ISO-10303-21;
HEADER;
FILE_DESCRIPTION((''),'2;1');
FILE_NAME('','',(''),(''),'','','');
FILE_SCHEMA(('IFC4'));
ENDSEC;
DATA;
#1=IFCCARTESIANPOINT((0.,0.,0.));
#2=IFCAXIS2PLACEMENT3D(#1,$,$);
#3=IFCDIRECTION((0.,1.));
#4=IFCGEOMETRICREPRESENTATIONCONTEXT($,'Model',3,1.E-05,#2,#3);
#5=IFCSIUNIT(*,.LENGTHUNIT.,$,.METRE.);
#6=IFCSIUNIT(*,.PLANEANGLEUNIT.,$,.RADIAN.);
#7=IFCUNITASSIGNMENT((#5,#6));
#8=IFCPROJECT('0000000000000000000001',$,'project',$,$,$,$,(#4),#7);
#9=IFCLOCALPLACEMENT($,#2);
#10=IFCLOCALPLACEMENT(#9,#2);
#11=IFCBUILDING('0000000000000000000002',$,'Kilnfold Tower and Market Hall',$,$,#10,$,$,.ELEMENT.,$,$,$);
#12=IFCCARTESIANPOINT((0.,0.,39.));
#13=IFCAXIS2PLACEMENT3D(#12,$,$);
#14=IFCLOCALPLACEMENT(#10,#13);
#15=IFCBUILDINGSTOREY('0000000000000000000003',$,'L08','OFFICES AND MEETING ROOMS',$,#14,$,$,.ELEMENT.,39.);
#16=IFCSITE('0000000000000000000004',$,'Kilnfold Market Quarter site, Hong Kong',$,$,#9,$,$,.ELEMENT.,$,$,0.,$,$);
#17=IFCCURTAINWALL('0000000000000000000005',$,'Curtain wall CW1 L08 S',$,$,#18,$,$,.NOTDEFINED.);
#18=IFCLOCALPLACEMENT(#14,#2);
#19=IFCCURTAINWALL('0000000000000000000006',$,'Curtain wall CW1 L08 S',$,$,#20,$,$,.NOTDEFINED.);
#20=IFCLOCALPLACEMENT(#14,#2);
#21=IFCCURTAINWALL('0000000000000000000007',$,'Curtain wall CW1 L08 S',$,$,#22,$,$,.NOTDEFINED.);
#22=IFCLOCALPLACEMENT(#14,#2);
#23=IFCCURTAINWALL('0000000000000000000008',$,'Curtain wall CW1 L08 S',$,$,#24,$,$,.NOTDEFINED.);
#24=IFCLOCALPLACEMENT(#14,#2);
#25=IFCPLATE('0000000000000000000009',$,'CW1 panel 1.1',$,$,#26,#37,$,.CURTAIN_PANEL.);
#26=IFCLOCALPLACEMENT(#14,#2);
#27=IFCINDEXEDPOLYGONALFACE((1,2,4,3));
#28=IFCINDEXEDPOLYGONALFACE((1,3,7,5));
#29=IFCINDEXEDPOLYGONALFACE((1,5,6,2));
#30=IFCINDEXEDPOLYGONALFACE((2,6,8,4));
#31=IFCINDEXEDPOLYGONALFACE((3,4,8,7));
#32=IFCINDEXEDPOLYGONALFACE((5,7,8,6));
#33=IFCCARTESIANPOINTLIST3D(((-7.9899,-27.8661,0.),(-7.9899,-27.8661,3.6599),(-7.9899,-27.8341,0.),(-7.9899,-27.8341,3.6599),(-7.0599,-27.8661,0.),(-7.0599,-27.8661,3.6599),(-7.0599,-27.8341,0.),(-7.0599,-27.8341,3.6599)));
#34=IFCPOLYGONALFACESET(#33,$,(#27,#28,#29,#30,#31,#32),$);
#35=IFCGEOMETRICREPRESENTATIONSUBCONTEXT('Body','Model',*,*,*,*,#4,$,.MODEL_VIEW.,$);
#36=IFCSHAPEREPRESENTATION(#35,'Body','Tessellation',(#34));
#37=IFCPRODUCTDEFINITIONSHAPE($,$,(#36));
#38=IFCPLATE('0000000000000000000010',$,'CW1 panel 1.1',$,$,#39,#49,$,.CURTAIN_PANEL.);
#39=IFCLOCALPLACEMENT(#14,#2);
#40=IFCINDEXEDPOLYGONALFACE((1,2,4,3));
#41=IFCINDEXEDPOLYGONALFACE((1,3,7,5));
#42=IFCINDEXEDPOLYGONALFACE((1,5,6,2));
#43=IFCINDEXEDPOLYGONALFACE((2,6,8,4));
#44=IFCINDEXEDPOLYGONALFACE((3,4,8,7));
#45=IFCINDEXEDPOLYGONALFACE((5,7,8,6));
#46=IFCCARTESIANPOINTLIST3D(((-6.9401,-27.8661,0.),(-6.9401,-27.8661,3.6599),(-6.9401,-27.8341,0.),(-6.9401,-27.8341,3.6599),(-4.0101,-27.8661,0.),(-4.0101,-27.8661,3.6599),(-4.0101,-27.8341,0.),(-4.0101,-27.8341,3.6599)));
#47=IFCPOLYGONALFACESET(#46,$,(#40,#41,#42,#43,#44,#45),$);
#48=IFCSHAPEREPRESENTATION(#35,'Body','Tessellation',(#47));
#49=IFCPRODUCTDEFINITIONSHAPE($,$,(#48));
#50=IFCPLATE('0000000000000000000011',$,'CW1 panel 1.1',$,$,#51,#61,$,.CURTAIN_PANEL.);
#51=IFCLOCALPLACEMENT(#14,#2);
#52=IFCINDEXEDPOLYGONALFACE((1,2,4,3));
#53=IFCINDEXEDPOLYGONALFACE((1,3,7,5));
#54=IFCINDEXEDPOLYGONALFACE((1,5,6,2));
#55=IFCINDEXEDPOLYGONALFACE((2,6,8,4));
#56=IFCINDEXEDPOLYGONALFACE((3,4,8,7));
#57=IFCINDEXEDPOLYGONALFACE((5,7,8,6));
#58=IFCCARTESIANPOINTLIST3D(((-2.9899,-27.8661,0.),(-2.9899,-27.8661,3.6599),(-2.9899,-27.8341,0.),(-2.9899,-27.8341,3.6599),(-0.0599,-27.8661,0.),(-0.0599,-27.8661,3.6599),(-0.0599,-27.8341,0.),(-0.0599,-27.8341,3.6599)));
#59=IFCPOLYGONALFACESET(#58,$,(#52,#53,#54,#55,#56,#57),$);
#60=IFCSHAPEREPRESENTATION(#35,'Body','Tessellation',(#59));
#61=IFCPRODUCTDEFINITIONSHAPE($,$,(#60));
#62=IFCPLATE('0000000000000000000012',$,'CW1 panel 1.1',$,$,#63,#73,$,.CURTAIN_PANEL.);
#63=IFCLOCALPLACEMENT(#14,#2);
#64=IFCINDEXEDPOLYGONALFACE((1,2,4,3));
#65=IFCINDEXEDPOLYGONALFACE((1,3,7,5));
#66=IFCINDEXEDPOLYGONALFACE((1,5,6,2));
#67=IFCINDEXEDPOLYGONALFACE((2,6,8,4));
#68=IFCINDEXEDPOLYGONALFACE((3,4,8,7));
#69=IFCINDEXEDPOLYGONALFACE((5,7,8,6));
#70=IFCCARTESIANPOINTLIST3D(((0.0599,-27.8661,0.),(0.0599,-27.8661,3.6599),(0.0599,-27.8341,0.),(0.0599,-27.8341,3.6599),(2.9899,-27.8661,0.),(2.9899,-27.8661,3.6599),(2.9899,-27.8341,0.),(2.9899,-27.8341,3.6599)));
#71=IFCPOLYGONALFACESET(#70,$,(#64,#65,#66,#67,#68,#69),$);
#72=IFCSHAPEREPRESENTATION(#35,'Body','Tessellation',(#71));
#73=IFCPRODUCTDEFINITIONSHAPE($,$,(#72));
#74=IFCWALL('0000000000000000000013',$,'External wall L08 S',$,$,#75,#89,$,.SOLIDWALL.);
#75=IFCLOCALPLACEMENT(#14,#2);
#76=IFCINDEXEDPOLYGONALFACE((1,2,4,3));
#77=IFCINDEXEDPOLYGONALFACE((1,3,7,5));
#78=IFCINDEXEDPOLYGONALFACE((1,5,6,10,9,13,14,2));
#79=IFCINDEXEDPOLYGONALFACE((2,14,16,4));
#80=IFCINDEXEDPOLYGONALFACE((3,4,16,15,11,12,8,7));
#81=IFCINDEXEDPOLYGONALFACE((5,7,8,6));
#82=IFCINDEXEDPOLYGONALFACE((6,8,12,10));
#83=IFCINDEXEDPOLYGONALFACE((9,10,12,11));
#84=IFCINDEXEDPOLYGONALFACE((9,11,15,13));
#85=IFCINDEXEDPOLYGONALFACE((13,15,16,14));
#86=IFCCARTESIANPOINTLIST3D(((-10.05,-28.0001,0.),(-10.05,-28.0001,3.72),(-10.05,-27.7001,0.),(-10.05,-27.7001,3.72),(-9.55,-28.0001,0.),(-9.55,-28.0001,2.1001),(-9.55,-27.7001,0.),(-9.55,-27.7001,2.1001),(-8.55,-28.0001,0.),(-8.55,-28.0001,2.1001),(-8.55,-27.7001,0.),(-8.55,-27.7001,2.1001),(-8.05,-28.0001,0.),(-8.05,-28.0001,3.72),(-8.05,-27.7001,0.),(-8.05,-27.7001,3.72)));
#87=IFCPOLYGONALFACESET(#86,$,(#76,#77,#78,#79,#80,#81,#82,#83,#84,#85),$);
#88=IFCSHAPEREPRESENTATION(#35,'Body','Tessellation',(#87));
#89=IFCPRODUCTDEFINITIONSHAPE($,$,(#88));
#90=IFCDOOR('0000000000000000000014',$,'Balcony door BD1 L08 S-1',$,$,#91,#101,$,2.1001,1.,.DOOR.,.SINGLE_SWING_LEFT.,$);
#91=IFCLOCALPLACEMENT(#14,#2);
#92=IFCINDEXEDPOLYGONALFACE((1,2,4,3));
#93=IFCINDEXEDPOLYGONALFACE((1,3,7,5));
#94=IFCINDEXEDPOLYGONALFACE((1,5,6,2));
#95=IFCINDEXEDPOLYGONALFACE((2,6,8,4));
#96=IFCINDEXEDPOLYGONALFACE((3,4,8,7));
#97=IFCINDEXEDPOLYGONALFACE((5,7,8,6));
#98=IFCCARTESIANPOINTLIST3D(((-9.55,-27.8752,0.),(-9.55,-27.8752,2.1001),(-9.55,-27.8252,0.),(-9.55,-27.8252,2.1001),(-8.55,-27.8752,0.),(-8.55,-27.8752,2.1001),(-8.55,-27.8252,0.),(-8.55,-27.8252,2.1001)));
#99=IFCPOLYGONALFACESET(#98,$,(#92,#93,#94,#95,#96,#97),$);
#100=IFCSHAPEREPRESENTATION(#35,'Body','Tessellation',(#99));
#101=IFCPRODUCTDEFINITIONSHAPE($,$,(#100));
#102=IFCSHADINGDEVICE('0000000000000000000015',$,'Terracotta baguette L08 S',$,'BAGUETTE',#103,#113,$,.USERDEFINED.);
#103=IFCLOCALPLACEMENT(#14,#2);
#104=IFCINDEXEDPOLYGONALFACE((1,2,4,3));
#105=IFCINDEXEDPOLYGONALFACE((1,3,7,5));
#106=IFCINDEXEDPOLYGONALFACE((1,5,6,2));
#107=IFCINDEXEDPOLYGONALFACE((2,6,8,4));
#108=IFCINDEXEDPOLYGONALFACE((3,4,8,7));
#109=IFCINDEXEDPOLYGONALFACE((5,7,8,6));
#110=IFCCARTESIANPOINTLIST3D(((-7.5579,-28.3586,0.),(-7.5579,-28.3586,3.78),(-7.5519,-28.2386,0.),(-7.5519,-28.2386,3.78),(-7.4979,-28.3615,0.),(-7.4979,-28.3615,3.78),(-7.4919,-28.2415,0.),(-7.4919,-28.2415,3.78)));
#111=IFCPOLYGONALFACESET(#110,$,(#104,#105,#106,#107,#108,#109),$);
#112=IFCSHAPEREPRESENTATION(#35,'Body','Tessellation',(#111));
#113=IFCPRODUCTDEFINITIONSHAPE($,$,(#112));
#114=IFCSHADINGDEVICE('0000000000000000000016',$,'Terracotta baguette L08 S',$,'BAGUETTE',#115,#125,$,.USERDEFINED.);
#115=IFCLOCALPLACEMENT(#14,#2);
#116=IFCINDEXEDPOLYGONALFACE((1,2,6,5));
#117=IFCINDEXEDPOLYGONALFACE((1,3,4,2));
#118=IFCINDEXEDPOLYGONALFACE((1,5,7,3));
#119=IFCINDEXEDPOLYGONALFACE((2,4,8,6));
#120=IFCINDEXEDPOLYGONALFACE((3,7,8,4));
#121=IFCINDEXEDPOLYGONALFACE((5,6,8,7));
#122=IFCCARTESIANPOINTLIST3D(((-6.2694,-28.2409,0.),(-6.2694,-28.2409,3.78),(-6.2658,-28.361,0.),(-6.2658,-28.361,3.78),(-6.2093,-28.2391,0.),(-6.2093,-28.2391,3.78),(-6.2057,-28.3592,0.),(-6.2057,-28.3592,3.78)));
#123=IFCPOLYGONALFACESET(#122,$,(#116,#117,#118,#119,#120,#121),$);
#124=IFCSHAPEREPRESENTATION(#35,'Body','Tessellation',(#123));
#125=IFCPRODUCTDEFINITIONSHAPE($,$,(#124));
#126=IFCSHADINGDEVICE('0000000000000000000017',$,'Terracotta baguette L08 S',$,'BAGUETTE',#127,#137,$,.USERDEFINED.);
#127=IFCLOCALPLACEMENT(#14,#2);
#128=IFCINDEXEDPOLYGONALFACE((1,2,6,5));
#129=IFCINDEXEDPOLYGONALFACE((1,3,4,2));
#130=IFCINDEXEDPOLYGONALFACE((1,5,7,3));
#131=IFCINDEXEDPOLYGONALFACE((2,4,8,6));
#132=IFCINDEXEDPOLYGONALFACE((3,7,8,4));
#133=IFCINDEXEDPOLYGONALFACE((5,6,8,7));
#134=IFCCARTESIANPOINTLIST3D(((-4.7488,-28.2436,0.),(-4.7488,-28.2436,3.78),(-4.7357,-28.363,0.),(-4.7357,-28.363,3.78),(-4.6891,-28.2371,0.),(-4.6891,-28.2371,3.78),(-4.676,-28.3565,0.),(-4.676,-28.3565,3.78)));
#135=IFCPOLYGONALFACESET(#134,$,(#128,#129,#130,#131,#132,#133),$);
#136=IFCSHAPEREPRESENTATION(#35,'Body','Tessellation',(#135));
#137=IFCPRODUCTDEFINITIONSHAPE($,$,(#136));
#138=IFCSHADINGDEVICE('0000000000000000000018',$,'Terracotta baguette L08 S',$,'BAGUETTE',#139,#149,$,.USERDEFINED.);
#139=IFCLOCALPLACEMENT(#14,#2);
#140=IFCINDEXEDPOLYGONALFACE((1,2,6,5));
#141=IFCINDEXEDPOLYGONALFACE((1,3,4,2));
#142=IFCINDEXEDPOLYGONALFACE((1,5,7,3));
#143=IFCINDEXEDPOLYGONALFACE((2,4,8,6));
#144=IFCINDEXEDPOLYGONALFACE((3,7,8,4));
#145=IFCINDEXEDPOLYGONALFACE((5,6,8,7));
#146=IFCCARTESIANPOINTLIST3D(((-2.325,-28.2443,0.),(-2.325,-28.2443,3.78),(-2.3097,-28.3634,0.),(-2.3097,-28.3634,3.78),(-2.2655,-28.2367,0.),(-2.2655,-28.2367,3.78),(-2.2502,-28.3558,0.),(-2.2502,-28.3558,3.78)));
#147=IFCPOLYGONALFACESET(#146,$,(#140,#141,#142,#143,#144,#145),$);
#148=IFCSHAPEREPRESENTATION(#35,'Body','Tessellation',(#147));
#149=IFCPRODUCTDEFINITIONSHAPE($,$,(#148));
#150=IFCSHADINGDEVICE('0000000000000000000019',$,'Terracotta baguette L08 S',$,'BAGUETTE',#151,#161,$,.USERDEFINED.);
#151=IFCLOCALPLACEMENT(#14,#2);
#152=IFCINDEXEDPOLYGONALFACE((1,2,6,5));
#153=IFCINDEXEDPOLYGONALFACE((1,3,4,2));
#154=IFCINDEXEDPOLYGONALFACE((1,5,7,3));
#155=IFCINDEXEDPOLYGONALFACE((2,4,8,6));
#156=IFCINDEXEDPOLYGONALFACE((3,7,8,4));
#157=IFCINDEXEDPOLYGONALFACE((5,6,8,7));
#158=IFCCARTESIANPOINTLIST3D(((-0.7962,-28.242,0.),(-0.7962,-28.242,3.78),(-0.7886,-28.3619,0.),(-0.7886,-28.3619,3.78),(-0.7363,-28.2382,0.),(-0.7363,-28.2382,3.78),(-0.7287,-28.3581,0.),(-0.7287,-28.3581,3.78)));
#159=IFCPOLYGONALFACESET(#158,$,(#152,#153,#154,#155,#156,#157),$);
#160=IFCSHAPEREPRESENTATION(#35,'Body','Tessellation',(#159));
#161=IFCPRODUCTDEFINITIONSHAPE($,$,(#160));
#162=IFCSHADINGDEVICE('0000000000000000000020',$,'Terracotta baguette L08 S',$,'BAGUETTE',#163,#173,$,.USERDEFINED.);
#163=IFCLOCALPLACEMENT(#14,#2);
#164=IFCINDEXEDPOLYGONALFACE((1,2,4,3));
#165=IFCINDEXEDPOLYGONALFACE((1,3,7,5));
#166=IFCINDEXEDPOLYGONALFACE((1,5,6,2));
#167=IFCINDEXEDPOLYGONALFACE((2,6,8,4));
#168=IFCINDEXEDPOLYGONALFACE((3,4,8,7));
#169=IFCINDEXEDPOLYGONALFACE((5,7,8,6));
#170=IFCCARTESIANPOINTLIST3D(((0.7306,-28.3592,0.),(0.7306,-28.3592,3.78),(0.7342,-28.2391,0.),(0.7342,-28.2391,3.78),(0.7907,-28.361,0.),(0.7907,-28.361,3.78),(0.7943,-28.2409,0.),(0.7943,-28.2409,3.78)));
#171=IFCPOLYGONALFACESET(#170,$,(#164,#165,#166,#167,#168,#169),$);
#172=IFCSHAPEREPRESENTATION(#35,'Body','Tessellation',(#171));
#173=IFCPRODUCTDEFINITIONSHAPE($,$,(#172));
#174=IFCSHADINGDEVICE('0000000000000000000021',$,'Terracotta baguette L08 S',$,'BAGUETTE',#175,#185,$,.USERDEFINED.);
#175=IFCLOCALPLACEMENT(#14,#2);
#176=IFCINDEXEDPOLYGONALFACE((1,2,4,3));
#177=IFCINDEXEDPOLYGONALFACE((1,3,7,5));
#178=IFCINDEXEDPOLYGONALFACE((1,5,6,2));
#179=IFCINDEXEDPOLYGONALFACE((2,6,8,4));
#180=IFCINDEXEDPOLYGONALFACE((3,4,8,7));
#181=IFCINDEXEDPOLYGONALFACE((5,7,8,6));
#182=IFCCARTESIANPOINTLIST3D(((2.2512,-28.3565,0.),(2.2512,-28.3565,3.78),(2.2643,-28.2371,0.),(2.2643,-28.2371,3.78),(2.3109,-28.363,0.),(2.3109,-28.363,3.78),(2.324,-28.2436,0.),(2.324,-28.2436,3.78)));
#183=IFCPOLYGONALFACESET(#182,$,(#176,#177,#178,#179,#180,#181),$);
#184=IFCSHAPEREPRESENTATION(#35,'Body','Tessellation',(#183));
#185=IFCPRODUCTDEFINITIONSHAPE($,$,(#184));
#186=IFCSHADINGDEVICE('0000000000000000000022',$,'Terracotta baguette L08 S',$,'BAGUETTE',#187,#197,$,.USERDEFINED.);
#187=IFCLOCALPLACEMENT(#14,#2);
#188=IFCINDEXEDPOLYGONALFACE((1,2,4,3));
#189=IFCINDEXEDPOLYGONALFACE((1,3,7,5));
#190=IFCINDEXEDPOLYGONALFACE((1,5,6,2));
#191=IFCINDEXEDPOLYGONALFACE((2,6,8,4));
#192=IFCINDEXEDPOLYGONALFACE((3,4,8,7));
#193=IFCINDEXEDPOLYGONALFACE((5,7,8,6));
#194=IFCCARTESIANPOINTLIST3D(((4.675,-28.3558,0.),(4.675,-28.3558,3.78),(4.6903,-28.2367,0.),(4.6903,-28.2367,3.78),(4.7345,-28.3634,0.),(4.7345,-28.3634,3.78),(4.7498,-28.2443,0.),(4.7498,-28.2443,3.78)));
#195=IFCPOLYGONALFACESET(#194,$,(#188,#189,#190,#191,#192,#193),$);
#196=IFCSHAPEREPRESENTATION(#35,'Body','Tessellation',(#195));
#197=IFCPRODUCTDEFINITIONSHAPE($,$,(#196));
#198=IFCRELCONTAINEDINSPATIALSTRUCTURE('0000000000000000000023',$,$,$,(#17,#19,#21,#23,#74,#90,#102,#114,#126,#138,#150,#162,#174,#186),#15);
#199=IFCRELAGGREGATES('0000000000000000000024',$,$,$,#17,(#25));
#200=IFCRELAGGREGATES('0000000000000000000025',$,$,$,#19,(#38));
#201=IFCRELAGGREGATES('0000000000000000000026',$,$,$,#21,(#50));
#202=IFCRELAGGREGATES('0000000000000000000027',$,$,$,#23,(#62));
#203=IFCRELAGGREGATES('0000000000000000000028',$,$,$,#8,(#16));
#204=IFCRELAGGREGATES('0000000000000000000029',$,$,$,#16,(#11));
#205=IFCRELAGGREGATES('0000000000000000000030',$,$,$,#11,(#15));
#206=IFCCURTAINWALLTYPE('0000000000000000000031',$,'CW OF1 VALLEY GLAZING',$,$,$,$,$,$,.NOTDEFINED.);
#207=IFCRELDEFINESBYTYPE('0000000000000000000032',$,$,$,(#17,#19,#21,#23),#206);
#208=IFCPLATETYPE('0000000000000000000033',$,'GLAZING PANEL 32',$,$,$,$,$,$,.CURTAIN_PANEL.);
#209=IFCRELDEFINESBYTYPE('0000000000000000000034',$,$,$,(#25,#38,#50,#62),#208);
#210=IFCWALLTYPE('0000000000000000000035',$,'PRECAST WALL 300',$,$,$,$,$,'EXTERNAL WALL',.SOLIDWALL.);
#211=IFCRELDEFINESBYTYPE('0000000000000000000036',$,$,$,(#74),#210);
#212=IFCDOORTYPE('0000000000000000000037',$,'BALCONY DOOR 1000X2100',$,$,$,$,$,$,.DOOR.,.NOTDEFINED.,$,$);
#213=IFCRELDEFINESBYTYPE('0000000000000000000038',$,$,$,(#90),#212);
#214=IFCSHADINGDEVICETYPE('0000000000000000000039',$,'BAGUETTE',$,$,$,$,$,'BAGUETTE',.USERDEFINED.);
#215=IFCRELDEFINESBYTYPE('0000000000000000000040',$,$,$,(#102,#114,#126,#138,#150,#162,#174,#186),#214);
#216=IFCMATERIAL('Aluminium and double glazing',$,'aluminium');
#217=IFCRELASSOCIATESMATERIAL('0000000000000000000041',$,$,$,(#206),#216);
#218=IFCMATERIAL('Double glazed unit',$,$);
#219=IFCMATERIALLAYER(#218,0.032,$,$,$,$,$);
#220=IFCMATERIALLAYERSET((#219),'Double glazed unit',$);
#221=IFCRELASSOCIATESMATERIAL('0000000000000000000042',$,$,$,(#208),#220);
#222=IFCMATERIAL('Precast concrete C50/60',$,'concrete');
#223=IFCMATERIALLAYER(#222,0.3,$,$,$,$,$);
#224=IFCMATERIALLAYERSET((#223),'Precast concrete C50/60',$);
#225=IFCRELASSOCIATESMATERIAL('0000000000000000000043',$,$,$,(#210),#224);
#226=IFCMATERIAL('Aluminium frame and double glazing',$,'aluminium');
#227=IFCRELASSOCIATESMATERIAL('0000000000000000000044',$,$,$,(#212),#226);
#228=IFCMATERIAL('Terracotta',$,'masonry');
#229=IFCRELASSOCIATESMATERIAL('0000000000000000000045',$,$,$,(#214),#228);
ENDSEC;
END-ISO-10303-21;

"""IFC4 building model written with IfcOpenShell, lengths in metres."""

from ifc_helpers import new_model, si_unit, direction, frame, frame_2d, origin, origin_2d, place, context, subcontext, project, spatial, rectangle, extrude, source, transform, mapped, material, layer, layer_set, material_profile, profile_set, type_object, element, fill, aggregate, save


model = new_model("IFC4")

# Units and contexts
model_context = context("Model", 3, precision=1e-05, world=origin(), true_north=direction((0.0, 1.0)))
body_context = subcontext(model_context, "Body", "Model", "MODEL_VIEW")
ifc_project = project(units=[si_unit("LENGTHUNIT", "METRE"), si_unit("PLANEANGLEUNIT", "RADIAN")], contexts=[model_context])

# Site, building, storey
site_placement = place(None, origin())
site = spatial("IfcSite", under=ifc_project, at=site_placement, Name="Kilnfold Market Quarter site, Hong Kong", CompositionType="ELEMENT", RefElevation=0.0)
building_placement = place(site_placement, origin())
building = spatial("IfcBuilding", under=site, at=building_placement, Name="Kilnfold Tower and Market Hall", CompositionType="ELEMENT")
storey_placement = place(building_placement, frame((0.0, 0.0, 39.0)))
storey = spatial("IfcBuildingStorey", under=building, at=storey_placement, Name="L08", Description="OFFICES AND MEETING ROOMS", CompositionType="ELEMENT", Elevation=39.0)

# Shared definitions
ifc_material_1 = material(Name="Aluminium and double glazing", Category="aluminium")
curtain_wall_type = type_object("IfcCurtainWallType", Name="CW OF1 VALLEY GLAZING", PredefinedType="NOTDEFINED", material=ifc_material_1)

# Curtain walls
curtain_wall_1_placement = place(storey_placement, origin())
curtain_wall_1 = element("IfcCurtainWall", 1, at=curtain_wall_1_placement, inside=storey, type_object=curtain_wall_type, Name="Curtain wall CW1 L08 S", PredefinedType="NOTDEFINED")
curtain_wall_2_placement = place(storey_placement, origin())
curtain_wall_2 = element("IfcCurtainWall", 2, at=curtain_wall_2_placement, inside=storey, type_object=curtain_wall_type, Name="Curtain wall CW1 L08 S", PredefinedType="NOTDEFINED")
curtain_wall_3_placement = place(storey_placement, origin())
curtain_wall_3 = element("IfcCurtainWall", 3, at=curtain_wall_3_placement, inside=storey, type_object=curtain_wall_type, Name="Curtain wall CW1 L08 S", PredefinedType="NOTDEFINED")
curtain_wall_4_placement = place(storey_placement, origin())
curtain_wall_4 = element("IfcCurtainWall", 4, at=curtain_wall_4_placement, inside=storey, type_object=curtain_wall_type, Name="Curtain wall CW1 L08 S", PredefinedType="NOTDEFINED")

# Plates
ifc_material_2 = material(Name="Double glazed unit")
ifc_layer_1 = layer(ifc_material_2, 0.032)
ifc_layer_set_1 = layer_set([ifc_layer_1], Name="Double glazed unit")
plate_type = type_object("IfcPlateType", Name="GLAZING PANEL 32", PredefinedType="CURTAIN_PANEL", material=ifc_layer_set_1)
shared_shape_1 = source(origin(), body_context, "Body", "SweptSolid", [
    extrude(rectangle(XDim=0.9299, YDim=0.032, at=origin_2d()), origin(), (0.0, 0.0, 1.0), 3.6599),
])
plate_1_placement = place(storey_placement, frame((-7.5249, -27.8501, 0.0), z_axis=(0.0, 0.0, 1.0), x_axis=(1.0, 0.0, 0.0)))
plate_1 = element("IfcPlate", 5, at=plate_1_placement, type_object=plate_type, Name="CW1 panel 1.1", PredefinedType="CURTAIN_PANEL", context=body_context, shape_type="MappedRepresentation", body=[
    mapped(shared_shape_1, transform((0.0, 0.0, 0.0))),
])
aggregate(curtain_wall_1, [plate_1])
shared_shape_2 = source(origin(), body_context, "Body", "SweptSolid", [
    extrude(rectangle(XDim=2.9299, YDim=0.032, at=origin_2d()), origin(), (0.0, 0.0, 1.0), 3.6599),
])
plate_2_placement = place(storey_placement, frame((-5.4751, -27.8501, 0.0), z_axis=(0.0, 0.0, 1.0), x_axis=(1.0, 0.0, 0.0)))
plate_2 = element("IfcPlate", 6, at=plate_2_placement, type_object=plate_type, Name="CW1 panel 1.1", PredefinedType="CURTAIN_PANEL", context=body_context, shape_type="MappedRepresentation", body=[
    mapped(shared_shape_2, transform((0.0, 0.0, 0.0))),
])
aggregate(curtain_wall_2, [plate_2])
plate_3_placement = place(storey_placement, frame((-1.5249, -27.8501, 0.0), z_axis=(0.0, 0.0, 1.0), x_axis=(1.0, 0.0, 0.0)))
plate_3 = element("IfcPlate", 7, at=plate_3_placement, type_object=plate_type, Name="CW1 panel 1.1", PredefinedType="CURTAIN_PANEL", context=body_context, shape_type="MappedRepresentation", body=[
    mapped(shared_shape_2, transform((0.0, 0.0, 0.0))),
])
aggregate(curtain_wall_3, [plate_3])
plate_4_placement = place(storey_placement, frame((1.5249, -27.8501, 0.0), z_axis=(0.0, 0.0, 1.0), x_axis=(1.0, 0.0, 0.0)))
plate_4 = element("IfcPlate", 8, at=plate_4_placement, type_object=plate_type, Name="CW1 panel 1.1", PredefinedType="CURTAIN_PANEL", context=body_context, shape_type="MappedRepresentation", body=[
    mapped(shared_shape_2, transform((0.0, 0.0, 0.0))),
])
aggregate(curtain_wall_4, [plate_4])

# Wall, opening, door
ifc_material_3 = material(Name="Precast concrete C50/60", Category="concrete")
ifc_layer_2 = layer(ifc_material_3, 0.3)
ifc_layer_set_2 = layer_set([ifc_layer_2], Name="Precast concrete C50/60")
wall_type = type_object("IfcWallType", Name="PRECAST WALL 300", ElementType="EXTERNAL WALL", PredefinedType="SOLIDWALL", material=ifc_layer_set_2)
shared_shape_3 = source(origin(), body_context, "Body", "SweptSolid", [
    extrude(rectangle(XDim=2.0, YDim=0.3, at=frame_2d((1.0, 0.0))), origin(), (0.0, 0.0, 1.0), 3.72),
])
wall_placement = place(storey_placement, frame((-10.05, -27.8501, 0.0), z_axis=(0.0, 0.0, 1.0), x_axis=(1.0, 0.0, 0.0)))
wall = element("IfcWall", 9, at=wall_placement, inside=storey, type_object=wall_type, Name="External wall L08 S", PredefinedType="SOLIDWALL", context=body_context, shape_type="MappedRepresentation", body=[
    mapped(shared_shape_3, transform((0.0, 0.0, 0.0))),
])
opening_placement = place(wall_placement, frame((0.5, 0.0, 0.0)))
opening = element("IfcOpeningElement", 10, at=opening_placement, cuts=wall, PredefinedType="OPENING", context=body_context, shape_type="SweptSolid", body=[
    extrude(rectangle(XDim=1.0, YDim=2.1001, at=frame_2d((0.5, 1.05))), frame((0.0, 0.1602, 0.0), z_axis=(0.0, -1.0, 0.0), x_axis=(1.0, 0.0, 0.0)), (0.0, 0.0, 1.0), 0.3201),
])
ifc_material_4 = material(Name="Aluminium frame and double glazing", Category="aluminium")
door_type = type_object("IfcDoorType", Name="BALCONY DOOR 1000X2100", OperationType="NOTDEFINED", PredefinedType="DOOR", material=ifc_material_4)
door_placement = place(opening_placement, origin())
door = element("IfcDoor", 11, at=door_placement, inside=storey, type_object=door_type, Name="Balcony door BD1 L08 S-1", OperationType="SINGLE_SWING_LEFT", OverallHeight=2.1001, OverallWidth=1.0, PredefinedType="DOOR", context=body_context, shape_type="SweptSolid", body=[
    extrude(rectangle(XDim=1.0, YDim=2.1001, at=frame_2d((0.5, 1.05))), frame((0.0, 0.0249, 0.0), z_axis=(0.0, -1.0, 0.0), x_axis=(1.0, 0.0, 0.0)), (0.0, 0.0, 1.0), 0.05),
])
fill(opening, door)

# Shading devices
ifc_material_5 = material(Name="Terracotta", Category="masonry")
ifc_material_profile_1 = material_profile(ifc_material_5, rectangle(XDim=0.0601, YDim=0.1201, at=origin_2d()), Name="BAG 60x120")
ifc_profile_set_1 = profile_set([ifc_material_profile_1], Name="Terracotta")
shading_device_type = type_object("IfcShadingDeviceType", Name="BAGUETTE", ElementType="BAGUETTE", PredefinedType="USERDEFINED", material=ifc_profile_set_1)
shared_shape_4 = source(origin(), body_context, "Body", "SweptSolid", [
    extrude(rectangle(XDim=0.0601, YDim=0.1201, at=origin_2d()), origin(), (0.0, 0.0, 1.0), 3.78),
])
for number, where, z_axis, x_axis, name in (
    (12, (-7.5249, -28.3, 0.0), (0.0, 0.0, 1.0), (0.998782, -0.049334, 0.0), "Terracotta baguette L08 S"),
    (13, (-6.2375, -28.3, 0.0), (0.0, 0.0, 1.0), (0.99955, 0.029996, 0.0), "Terracotta baguette L08 S"),
    (14, (-4.7124, -28.3, 0.0), (0.0, 0.0, 1.0), (0.994016, 0.109238, 0.0), "Terracotta baguette L08 S"),
    (15, (-2.2876, -28.3, 0.0), (0.0, 0.0, 1.0), (0.991873, 0.127231, 0.0), "Terracotta baguette L08 S"),
    (16, (-0.7625, -28.3, 0.0), (0.0, 0.0, 1.0), (0.998018, 0.062928, 0.0), "Terracotta baguette L08 S"),
    (17, (0.7625, -28.3, 0.0), (0.0, 0.0, 1.0), (0.99955, -0.029996, 0.0), "Terracotta baguette L08 S"),
    (18, (2.2876, -28.3, 0.0), (0.0, 0.0, 1.0), (0.994016, -0.109238, 0.0), "Terracotta baguette L08 S"),
    (19, (4.7124, -28.3, 0.0), (0.0, 0.0, 1.0), (0.991873, -0.127231, 0.0), "Terracotta baguette L08 S"),
):
    element("IfcShadingDevice", number, at=place(storey_placement, frame(where, z_axis=z_axis, x_axis=x_axis)), inside=storey, type_object=shading_device_type, Name=name, ObjectType="BAGUETTE", PredefinedType="USERDEFINED", context=body_context, shape_type="MappedRepresentation", body=[
        mapped(shared_shape_4, transform((0.0, 0.0, 0.0))),
    ])

save(model, "model.ifc")
